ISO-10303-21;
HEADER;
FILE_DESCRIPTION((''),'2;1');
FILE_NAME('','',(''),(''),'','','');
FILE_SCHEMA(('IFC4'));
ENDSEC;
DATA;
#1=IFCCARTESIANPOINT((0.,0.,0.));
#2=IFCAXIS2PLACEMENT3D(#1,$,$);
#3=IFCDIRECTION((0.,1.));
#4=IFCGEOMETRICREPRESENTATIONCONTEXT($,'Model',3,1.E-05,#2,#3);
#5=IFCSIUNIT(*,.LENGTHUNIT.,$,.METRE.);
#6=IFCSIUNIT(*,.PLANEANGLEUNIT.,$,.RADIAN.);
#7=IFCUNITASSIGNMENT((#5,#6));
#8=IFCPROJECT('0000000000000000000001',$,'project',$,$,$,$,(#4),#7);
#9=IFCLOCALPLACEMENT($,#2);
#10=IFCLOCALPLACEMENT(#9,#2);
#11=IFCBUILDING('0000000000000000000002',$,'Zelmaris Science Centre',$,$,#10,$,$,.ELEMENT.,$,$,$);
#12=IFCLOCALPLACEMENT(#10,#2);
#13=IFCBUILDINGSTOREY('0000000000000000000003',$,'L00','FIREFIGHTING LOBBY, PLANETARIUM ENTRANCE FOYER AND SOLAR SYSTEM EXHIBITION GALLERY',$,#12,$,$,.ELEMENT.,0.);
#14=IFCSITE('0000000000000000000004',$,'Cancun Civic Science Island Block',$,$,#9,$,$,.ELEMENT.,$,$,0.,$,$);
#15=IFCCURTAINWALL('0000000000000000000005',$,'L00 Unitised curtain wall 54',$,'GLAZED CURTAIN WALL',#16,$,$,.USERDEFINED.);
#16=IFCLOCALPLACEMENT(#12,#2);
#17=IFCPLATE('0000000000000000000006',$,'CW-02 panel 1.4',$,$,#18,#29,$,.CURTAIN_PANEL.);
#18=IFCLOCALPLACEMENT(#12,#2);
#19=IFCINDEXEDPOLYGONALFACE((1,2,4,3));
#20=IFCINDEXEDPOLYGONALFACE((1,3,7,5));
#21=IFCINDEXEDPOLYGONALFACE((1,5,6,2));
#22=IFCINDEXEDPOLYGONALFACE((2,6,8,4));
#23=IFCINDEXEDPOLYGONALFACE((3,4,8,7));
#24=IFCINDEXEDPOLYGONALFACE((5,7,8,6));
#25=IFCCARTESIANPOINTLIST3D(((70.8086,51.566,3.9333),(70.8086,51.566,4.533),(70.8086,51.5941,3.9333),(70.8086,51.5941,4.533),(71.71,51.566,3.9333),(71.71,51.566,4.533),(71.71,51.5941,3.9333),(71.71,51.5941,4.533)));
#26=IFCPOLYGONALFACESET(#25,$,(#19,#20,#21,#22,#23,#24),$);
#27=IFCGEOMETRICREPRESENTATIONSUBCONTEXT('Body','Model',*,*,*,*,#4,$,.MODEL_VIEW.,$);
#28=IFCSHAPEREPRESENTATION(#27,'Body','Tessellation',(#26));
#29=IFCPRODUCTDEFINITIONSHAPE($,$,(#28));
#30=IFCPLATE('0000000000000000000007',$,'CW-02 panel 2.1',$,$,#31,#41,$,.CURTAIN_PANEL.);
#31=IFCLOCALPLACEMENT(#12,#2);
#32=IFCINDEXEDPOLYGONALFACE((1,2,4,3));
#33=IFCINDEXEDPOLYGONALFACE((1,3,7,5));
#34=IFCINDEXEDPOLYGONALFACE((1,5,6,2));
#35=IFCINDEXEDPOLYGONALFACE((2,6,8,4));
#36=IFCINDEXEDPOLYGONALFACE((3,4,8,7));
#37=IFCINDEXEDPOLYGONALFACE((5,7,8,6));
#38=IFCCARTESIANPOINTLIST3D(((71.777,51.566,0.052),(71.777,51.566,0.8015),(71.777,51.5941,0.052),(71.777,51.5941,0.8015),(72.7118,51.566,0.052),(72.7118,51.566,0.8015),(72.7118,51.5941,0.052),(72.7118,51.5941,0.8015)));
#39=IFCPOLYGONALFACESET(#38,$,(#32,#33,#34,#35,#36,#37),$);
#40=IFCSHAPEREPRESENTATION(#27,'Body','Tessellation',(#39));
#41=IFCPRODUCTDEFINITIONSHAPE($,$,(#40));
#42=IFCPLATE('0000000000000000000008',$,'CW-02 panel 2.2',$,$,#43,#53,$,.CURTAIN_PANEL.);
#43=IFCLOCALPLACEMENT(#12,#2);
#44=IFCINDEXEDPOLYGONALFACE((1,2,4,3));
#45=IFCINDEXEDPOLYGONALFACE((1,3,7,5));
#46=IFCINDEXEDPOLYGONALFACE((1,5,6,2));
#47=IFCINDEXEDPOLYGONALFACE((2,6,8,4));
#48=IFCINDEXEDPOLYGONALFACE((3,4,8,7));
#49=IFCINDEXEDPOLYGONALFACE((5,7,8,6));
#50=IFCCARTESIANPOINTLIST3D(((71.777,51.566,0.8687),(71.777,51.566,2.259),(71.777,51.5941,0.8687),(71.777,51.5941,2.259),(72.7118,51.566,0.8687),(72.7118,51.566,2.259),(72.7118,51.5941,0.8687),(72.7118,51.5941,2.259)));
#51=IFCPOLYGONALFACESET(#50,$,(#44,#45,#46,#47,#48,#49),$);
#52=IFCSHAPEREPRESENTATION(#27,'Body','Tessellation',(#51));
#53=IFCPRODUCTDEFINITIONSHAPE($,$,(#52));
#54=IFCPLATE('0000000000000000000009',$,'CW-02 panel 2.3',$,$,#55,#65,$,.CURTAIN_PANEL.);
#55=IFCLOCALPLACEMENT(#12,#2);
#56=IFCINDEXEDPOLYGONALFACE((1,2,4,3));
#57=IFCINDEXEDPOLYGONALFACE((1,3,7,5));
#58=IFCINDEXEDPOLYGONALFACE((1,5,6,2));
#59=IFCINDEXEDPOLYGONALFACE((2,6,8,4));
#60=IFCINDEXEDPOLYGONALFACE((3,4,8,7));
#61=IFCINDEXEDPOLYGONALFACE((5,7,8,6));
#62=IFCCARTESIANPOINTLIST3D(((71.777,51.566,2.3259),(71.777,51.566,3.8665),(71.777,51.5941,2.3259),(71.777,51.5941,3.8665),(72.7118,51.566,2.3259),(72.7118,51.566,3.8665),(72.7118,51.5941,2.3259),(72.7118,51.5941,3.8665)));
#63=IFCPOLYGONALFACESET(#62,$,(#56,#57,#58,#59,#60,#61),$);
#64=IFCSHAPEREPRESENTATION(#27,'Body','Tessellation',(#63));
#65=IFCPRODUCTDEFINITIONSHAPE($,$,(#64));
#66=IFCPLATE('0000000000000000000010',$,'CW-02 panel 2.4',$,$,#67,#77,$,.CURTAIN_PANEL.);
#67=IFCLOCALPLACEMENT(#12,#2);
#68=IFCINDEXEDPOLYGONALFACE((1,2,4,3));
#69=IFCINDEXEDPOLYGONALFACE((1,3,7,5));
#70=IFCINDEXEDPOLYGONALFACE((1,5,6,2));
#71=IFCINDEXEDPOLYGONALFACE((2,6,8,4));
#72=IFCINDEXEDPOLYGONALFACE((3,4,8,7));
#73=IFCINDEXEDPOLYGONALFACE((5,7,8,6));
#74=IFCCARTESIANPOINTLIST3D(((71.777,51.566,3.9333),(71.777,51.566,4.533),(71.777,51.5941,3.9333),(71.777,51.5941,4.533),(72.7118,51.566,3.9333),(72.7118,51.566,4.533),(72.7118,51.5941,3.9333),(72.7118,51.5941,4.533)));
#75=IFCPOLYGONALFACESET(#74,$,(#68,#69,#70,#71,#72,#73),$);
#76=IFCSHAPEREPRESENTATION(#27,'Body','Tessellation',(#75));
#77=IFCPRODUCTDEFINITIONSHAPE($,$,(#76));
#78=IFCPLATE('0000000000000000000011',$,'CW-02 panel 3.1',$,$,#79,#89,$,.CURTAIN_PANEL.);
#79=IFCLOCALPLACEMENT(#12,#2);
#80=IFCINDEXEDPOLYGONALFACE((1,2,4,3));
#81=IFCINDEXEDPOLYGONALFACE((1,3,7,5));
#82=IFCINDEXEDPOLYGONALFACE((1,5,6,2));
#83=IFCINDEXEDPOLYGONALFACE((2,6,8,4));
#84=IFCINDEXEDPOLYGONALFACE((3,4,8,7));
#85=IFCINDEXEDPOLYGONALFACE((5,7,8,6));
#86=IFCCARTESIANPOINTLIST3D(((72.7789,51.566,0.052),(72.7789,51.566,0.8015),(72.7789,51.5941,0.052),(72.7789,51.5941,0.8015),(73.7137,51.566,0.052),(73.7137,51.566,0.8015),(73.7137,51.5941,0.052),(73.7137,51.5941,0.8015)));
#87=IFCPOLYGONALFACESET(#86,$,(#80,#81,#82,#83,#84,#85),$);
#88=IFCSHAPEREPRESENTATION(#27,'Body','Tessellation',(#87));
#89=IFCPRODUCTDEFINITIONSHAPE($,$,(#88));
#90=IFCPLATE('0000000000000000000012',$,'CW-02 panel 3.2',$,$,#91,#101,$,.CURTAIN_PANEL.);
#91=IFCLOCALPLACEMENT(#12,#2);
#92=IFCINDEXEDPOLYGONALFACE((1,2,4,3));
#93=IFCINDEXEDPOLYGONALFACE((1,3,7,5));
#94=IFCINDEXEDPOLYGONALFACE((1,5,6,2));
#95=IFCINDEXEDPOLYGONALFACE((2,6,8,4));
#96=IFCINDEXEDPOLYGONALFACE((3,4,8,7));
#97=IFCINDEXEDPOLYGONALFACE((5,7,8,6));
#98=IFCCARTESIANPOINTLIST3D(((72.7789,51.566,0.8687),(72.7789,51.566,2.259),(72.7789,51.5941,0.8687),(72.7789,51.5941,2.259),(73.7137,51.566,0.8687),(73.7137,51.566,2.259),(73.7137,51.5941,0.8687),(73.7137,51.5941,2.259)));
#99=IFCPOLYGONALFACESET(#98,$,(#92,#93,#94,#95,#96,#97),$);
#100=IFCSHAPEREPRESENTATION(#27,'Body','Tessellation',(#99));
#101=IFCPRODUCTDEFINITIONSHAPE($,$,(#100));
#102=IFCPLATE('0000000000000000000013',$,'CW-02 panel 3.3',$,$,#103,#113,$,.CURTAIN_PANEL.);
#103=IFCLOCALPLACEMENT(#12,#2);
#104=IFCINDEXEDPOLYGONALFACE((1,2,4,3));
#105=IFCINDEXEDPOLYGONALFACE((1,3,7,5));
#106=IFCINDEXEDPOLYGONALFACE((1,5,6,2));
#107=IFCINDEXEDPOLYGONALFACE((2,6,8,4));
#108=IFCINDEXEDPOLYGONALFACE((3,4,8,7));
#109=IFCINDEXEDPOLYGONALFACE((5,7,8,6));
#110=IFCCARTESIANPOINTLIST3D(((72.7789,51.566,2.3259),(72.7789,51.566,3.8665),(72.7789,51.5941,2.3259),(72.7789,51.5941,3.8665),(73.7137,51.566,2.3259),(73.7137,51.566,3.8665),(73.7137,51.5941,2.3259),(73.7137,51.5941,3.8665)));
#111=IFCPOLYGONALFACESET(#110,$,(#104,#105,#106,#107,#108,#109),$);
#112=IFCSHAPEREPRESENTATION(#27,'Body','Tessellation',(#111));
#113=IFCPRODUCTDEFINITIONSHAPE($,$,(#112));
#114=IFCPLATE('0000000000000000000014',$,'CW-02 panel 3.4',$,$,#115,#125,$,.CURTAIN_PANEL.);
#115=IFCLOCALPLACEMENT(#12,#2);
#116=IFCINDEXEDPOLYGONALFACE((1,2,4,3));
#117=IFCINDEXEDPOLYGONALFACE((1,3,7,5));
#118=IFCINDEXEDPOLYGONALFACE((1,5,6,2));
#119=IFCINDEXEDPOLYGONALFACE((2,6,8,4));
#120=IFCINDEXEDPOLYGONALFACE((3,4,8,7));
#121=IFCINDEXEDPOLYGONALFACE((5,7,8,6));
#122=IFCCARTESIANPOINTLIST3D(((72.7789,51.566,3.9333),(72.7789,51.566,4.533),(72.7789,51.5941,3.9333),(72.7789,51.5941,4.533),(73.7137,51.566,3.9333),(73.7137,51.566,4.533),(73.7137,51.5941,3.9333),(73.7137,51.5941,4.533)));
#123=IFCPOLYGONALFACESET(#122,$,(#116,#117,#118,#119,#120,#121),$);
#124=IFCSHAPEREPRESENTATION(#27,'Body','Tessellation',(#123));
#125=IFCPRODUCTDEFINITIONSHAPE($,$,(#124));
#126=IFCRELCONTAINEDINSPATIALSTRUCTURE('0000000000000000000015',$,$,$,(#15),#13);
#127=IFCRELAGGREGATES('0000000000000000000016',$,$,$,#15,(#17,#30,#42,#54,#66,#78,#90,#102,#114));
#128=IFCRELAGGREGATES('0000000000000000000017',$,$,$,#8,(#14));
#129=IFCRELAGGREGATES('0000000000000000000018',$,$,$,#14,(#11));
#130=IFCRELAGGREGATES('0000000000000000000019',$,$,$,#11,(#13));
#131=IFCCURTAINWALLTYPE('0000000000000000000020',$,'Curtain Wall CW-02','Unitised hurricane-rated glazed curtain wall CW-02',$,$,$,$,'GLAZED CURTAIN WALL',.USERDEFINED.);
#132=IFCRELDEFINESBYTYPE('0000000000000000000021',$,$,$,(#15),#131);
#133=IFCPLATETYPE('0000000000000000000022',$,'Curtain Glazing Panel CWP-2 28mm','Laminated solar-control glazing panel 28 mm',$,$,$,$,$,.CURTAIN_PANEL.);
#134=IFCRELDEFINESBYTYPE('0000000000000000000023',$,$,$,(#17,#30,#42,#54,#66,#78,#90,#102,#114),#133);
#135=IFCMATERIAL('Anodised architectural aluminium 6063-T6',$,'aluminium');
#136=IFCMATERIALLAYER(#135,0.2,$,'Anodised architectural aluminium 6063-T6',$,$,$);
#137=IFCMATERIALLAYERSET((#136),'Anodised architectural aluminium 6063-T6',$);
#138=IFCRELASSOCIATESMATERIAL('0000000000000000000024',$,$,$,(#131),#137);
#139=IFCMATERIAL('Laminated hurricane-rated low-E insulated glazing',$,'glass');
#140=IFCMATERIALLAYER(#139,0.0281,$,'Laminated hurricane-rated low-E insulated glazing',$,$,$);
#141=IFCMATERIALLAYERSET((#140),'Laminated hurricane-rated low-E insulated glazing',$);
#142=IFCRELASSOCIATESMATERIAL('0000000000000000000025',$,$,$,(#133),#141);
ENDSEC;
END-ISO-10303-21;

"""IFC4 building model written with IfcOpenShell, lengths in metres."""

from ifc_helpers import new_model, si_unit, direction, frame, origin, origin_2d, place, context, subcontext, project, spatial, rectangle, extrude, material, layer, layer_set, type_object, element, aggregate, save


model = new_model("IFC4")

# Units and contexts
model_context = context("Model", 3, precision=1e-05, world=origin(), true_north=direction((0.0, 1.0)))
body_context = subcontext(model_context, "Body", "Model", "MODEL_VIEW")
ifc_project = project(units=[si_unit("LENGTHUNIT", "METRE"), si_unit("PLANEANGLEUNIT", "RADIAN")], contexts=[model_context])

# Site, building, storey
site_placement = place(None, origin())
site = spatial("IfcSite", under=ifc_project, at=site_placement, Name="Cancun Civic Science Island Block", CompositionType="ELEMENT", RefElevation=0.0)
building_placement = place(site_placement, origin())
building = spatial("IfcBuilding", under=site, at=building_placement, Name="Zelmaris Science Centre", CompositionType="ELEMENT")
storey_placement = place(building_placement, origin())
storey = spatial("IfcBuildingStorey", under=building, at=storey_placement, Name="L00", Description="FIREFIGHTING LOBBY, PLANETARIUM ENTRANCE FOYER AND SOLAR SYSTEM EXHIBITION GALLERY", CompositionType="ELEMENT", Elevation=0.0)

# Curtain wall
ifc_material_1 = material(Name="Anodised architectural aluminium 6063-T6", Category="aluminium")
ifc_layer_1 = layer(ifc_material_1, 0.2, Name="Anodised architectural aluminium 6063-T6")
ifc_layer_set_1 = layer_set([ifc_layer_1], Name="Anodised architectural aluminium 6063-T6")
curtain_wall_type = type_object("IfcCurtainWallType", Name="Curtain Wall CW-02", Description="Unitised hurricane-rated glazed curtain wall CW-02", ElementType="GLAZED CURTAIN WALL", PredefinedType="USERDEFINED", material=ifc_layer_set_1)
curtain_wall_placement = place(storey_placement, origin())
curtain_wall = element("IfcCurtainWall", 1, at=curtain_wall_placement, inside=storey, type_object=curtain_wall_type, Name="L00 Unitised curtain wall 54", ObjectType="GLAZED CURTAIN WALL", PredefinedType="USERDEFINED")

# Plates
ifc_material_2 = material(Name="Laminated hurricane-rated low-E insulated glazing", Category="glass")
ifc_layer_2 = layer(ifc_material_2, 0.0281, Name="Laminated hurricane-rated low-E insulated glazing")
ifc_layer_set_2 = layer_set([ifc_layer_2], Name="Laminated hurricane-rated low-E insulated glazing")
plate_type = type_object("IfcPlateType", Name="Curtain Glazing Panel CWP-2 28mm", Description="Laminated solar-control glazing panel 28 mm", PredefinedType="CURTAIN_PANEL", material=ifc_layer_set_2)
plate_1_placement = place(storey_placement, frame((71.2593, 51.5801, 3.9333), z_axis=(0.0, 0.0, 1.0), x_axis=(1.0, 0.0, 0.0)))
plate_1 = element("IfcPlate", 2, at=plate_1_placement, type_object=plate_type, Name="CW-02 panel 1.4", PredefinedType="CURTAIN_PANEL", context=body_context, shape_type="SweptSolid", body=[
    extrude(rectangle(XDim=0.9014, YDim=0.0281, at=origin_2d()), origin(), (0.0, 0.0, 1.0), 0.5996),
])
plate_2_placement = place(storey_placement, frame((72.2444, 51.5801, 0.052), z_axis=(0.0, 0.0, 1.0), x_axis=(1.0, 0.0, 0.0)))
plate_2 = element("IfcPlate", 3, at=plate_2_placement, type_object=plate_type, Name="CW-02 panel 2.1", PredefinedType="CURTAIN_PANEL", context=body_context, shape_type="SweptSolid", body=[
    extrude(rectangle(XDim=0.9348, YDim=0.0281, at=origin_2d()), origin(), (0.0, 0.0, 1.0), 0.7495),
])
plate_3_placement = place(storey_placement, frame((72.2444, 51.5801, 0.8687), z_axis=(0.0, 0.0, 1.0), x_axis=(1.0, 0.0, 0.0)))
plate_3 = element("IfcPlate", 4, at=plate_3_placement, type_object=plate_type, Name="CW-02 panel 2.2", PredefinedType="CURTAIN_PANEL", context=body_context, shape_type="SweptSolid", body=[
    extrude(rectangle(XDim=0.9348, YDim=0.0281, at=origin_2d()), origin(), (0.0, 0.0, 1.0), 1.3904),
])
plate_4_placement = place(storey_placement, frame((72.2444, 51.5801, 2.3259), z_axis=(0.0, 0.0, 1.0), x_axis=(1.0, 0.0, 0.0)))
plate_4 = element("IfcPlate", 5, at=plate_4_placement, type_object=plate_type, Name="CW-02 panel 2.3", PredefinedType="CURTAIN_PANEL", context=body_context, shape_type="SweptSolid", body=[
    extrude(rectangle(XDim=0.9348, YDim=0.0281, at=origin_2d()), origin(), (0.0, 0.0, 1.0), 1.5405),
])
plate_5_placement = place(storey_placement, frame((72.2444, 51.5801, 3.9333), z_axis=(0.0, 0.0, 1.0), x_axis=(1.0, 0.0, 0.0)))
plate_5 = element("IfcPlate", 6, at=plate_5_placement, type_object=plate_type, Name="CW-02 panel 2.4", PredefinedType="CURTAIN_PANEL", context=body_context, shape_type="SweptSolid", body=[
    extrude(rectangle(XDim=0.9348, YDim=0.0281, at=origin_2d()), origin(), (0.0, 0.0, 1.0), 0.5996),
])
plate_6_placement = place(storey_placement, frame((73.2463, 51.5801, 0.052), z_axis=(0.0, 0.0, 1.0), x_axis=(1.0, 0.0, 0.0)))
plate_6 = element("IfcPlate", 7, at=plate_6_placement, type_object=plate_type, Name="CW-02 panel 3.1", PredefinedType="CURTAIN_PANEL", context=body_context, shape_type="SweptSolid", body=[
    extrude(rectangle(XDim=0.9348, YDim=0.0281, at=origin_2d()), origin(), (0.0, 0.0, 1.0), 0.7495),
])
plate_7_placement = place(storey_placement, frame((73.2463, 51.5801, 0.8687), z_axis=(0.0, 0.0, 1.0), x_axis=(1.0, 0.0, 0.0)))
plate_7 = element("IfcPlate", 8, at=plate_7_placement, type_object=plate_type, Name="CW-02 panel 3.2", PredefinedType="CURTAIN_PANEL", context=body_context, shape_type="SweptSolid", body=[
    extrude(rectangle(XDim=0.9348, YDim=0.0281, at=origin_2d()), origin(), (0.0, 0.0, 1.0), 1.3904),
])
plate_8_placement = place(storey_placement, frame((73.2463, 51.5801, 2.3259), z_axis=(0.0, 0.0, 1.0), x_axis=(1.0, 0.0, 0.0)))
plate_8 = element("IfcPlate", 9, at=plate_8_placement, type_object=plate_type, Name="CW-02 panel 3.3", PredefinedType="CURTAIN_PANEL", context=body_context, shape_type="SweptSolid", body=[
    extrude(rectangle(XDim=0.9348, YDim=0.0281, at=origin_2d()), origin(), (0.0, 0.0, 1.0), 1.5405),
])
plate_9_placement = place(storey_placement, frame((73.2463, 51.5801, 3.9333), z_axis=(0.0, 0.0, 1.0), x_axis=(1.0, 0.0, 0.0)))
plate_9 = element("IfcPlate", 10, at=plate_9_placement, type_object=plate_type, Name="CW-02 panel 3.4", PredefinedType="CURTAIN_PANEL", context=body_context, shape_type="SweptSolid", body=[
    extrude(rectangle(XDim=0.9348, YDim=0.0281, at=origin_2d()), origin(), (0.0, 0.0, 1.0), 0.5996),
])
aggregate(curtain_wall, [plate_1, plate_2, plate_3, plate_4, plate_5, plate_6, plate_7, plate_8, plate_9])

save(model, "model.ifc")
